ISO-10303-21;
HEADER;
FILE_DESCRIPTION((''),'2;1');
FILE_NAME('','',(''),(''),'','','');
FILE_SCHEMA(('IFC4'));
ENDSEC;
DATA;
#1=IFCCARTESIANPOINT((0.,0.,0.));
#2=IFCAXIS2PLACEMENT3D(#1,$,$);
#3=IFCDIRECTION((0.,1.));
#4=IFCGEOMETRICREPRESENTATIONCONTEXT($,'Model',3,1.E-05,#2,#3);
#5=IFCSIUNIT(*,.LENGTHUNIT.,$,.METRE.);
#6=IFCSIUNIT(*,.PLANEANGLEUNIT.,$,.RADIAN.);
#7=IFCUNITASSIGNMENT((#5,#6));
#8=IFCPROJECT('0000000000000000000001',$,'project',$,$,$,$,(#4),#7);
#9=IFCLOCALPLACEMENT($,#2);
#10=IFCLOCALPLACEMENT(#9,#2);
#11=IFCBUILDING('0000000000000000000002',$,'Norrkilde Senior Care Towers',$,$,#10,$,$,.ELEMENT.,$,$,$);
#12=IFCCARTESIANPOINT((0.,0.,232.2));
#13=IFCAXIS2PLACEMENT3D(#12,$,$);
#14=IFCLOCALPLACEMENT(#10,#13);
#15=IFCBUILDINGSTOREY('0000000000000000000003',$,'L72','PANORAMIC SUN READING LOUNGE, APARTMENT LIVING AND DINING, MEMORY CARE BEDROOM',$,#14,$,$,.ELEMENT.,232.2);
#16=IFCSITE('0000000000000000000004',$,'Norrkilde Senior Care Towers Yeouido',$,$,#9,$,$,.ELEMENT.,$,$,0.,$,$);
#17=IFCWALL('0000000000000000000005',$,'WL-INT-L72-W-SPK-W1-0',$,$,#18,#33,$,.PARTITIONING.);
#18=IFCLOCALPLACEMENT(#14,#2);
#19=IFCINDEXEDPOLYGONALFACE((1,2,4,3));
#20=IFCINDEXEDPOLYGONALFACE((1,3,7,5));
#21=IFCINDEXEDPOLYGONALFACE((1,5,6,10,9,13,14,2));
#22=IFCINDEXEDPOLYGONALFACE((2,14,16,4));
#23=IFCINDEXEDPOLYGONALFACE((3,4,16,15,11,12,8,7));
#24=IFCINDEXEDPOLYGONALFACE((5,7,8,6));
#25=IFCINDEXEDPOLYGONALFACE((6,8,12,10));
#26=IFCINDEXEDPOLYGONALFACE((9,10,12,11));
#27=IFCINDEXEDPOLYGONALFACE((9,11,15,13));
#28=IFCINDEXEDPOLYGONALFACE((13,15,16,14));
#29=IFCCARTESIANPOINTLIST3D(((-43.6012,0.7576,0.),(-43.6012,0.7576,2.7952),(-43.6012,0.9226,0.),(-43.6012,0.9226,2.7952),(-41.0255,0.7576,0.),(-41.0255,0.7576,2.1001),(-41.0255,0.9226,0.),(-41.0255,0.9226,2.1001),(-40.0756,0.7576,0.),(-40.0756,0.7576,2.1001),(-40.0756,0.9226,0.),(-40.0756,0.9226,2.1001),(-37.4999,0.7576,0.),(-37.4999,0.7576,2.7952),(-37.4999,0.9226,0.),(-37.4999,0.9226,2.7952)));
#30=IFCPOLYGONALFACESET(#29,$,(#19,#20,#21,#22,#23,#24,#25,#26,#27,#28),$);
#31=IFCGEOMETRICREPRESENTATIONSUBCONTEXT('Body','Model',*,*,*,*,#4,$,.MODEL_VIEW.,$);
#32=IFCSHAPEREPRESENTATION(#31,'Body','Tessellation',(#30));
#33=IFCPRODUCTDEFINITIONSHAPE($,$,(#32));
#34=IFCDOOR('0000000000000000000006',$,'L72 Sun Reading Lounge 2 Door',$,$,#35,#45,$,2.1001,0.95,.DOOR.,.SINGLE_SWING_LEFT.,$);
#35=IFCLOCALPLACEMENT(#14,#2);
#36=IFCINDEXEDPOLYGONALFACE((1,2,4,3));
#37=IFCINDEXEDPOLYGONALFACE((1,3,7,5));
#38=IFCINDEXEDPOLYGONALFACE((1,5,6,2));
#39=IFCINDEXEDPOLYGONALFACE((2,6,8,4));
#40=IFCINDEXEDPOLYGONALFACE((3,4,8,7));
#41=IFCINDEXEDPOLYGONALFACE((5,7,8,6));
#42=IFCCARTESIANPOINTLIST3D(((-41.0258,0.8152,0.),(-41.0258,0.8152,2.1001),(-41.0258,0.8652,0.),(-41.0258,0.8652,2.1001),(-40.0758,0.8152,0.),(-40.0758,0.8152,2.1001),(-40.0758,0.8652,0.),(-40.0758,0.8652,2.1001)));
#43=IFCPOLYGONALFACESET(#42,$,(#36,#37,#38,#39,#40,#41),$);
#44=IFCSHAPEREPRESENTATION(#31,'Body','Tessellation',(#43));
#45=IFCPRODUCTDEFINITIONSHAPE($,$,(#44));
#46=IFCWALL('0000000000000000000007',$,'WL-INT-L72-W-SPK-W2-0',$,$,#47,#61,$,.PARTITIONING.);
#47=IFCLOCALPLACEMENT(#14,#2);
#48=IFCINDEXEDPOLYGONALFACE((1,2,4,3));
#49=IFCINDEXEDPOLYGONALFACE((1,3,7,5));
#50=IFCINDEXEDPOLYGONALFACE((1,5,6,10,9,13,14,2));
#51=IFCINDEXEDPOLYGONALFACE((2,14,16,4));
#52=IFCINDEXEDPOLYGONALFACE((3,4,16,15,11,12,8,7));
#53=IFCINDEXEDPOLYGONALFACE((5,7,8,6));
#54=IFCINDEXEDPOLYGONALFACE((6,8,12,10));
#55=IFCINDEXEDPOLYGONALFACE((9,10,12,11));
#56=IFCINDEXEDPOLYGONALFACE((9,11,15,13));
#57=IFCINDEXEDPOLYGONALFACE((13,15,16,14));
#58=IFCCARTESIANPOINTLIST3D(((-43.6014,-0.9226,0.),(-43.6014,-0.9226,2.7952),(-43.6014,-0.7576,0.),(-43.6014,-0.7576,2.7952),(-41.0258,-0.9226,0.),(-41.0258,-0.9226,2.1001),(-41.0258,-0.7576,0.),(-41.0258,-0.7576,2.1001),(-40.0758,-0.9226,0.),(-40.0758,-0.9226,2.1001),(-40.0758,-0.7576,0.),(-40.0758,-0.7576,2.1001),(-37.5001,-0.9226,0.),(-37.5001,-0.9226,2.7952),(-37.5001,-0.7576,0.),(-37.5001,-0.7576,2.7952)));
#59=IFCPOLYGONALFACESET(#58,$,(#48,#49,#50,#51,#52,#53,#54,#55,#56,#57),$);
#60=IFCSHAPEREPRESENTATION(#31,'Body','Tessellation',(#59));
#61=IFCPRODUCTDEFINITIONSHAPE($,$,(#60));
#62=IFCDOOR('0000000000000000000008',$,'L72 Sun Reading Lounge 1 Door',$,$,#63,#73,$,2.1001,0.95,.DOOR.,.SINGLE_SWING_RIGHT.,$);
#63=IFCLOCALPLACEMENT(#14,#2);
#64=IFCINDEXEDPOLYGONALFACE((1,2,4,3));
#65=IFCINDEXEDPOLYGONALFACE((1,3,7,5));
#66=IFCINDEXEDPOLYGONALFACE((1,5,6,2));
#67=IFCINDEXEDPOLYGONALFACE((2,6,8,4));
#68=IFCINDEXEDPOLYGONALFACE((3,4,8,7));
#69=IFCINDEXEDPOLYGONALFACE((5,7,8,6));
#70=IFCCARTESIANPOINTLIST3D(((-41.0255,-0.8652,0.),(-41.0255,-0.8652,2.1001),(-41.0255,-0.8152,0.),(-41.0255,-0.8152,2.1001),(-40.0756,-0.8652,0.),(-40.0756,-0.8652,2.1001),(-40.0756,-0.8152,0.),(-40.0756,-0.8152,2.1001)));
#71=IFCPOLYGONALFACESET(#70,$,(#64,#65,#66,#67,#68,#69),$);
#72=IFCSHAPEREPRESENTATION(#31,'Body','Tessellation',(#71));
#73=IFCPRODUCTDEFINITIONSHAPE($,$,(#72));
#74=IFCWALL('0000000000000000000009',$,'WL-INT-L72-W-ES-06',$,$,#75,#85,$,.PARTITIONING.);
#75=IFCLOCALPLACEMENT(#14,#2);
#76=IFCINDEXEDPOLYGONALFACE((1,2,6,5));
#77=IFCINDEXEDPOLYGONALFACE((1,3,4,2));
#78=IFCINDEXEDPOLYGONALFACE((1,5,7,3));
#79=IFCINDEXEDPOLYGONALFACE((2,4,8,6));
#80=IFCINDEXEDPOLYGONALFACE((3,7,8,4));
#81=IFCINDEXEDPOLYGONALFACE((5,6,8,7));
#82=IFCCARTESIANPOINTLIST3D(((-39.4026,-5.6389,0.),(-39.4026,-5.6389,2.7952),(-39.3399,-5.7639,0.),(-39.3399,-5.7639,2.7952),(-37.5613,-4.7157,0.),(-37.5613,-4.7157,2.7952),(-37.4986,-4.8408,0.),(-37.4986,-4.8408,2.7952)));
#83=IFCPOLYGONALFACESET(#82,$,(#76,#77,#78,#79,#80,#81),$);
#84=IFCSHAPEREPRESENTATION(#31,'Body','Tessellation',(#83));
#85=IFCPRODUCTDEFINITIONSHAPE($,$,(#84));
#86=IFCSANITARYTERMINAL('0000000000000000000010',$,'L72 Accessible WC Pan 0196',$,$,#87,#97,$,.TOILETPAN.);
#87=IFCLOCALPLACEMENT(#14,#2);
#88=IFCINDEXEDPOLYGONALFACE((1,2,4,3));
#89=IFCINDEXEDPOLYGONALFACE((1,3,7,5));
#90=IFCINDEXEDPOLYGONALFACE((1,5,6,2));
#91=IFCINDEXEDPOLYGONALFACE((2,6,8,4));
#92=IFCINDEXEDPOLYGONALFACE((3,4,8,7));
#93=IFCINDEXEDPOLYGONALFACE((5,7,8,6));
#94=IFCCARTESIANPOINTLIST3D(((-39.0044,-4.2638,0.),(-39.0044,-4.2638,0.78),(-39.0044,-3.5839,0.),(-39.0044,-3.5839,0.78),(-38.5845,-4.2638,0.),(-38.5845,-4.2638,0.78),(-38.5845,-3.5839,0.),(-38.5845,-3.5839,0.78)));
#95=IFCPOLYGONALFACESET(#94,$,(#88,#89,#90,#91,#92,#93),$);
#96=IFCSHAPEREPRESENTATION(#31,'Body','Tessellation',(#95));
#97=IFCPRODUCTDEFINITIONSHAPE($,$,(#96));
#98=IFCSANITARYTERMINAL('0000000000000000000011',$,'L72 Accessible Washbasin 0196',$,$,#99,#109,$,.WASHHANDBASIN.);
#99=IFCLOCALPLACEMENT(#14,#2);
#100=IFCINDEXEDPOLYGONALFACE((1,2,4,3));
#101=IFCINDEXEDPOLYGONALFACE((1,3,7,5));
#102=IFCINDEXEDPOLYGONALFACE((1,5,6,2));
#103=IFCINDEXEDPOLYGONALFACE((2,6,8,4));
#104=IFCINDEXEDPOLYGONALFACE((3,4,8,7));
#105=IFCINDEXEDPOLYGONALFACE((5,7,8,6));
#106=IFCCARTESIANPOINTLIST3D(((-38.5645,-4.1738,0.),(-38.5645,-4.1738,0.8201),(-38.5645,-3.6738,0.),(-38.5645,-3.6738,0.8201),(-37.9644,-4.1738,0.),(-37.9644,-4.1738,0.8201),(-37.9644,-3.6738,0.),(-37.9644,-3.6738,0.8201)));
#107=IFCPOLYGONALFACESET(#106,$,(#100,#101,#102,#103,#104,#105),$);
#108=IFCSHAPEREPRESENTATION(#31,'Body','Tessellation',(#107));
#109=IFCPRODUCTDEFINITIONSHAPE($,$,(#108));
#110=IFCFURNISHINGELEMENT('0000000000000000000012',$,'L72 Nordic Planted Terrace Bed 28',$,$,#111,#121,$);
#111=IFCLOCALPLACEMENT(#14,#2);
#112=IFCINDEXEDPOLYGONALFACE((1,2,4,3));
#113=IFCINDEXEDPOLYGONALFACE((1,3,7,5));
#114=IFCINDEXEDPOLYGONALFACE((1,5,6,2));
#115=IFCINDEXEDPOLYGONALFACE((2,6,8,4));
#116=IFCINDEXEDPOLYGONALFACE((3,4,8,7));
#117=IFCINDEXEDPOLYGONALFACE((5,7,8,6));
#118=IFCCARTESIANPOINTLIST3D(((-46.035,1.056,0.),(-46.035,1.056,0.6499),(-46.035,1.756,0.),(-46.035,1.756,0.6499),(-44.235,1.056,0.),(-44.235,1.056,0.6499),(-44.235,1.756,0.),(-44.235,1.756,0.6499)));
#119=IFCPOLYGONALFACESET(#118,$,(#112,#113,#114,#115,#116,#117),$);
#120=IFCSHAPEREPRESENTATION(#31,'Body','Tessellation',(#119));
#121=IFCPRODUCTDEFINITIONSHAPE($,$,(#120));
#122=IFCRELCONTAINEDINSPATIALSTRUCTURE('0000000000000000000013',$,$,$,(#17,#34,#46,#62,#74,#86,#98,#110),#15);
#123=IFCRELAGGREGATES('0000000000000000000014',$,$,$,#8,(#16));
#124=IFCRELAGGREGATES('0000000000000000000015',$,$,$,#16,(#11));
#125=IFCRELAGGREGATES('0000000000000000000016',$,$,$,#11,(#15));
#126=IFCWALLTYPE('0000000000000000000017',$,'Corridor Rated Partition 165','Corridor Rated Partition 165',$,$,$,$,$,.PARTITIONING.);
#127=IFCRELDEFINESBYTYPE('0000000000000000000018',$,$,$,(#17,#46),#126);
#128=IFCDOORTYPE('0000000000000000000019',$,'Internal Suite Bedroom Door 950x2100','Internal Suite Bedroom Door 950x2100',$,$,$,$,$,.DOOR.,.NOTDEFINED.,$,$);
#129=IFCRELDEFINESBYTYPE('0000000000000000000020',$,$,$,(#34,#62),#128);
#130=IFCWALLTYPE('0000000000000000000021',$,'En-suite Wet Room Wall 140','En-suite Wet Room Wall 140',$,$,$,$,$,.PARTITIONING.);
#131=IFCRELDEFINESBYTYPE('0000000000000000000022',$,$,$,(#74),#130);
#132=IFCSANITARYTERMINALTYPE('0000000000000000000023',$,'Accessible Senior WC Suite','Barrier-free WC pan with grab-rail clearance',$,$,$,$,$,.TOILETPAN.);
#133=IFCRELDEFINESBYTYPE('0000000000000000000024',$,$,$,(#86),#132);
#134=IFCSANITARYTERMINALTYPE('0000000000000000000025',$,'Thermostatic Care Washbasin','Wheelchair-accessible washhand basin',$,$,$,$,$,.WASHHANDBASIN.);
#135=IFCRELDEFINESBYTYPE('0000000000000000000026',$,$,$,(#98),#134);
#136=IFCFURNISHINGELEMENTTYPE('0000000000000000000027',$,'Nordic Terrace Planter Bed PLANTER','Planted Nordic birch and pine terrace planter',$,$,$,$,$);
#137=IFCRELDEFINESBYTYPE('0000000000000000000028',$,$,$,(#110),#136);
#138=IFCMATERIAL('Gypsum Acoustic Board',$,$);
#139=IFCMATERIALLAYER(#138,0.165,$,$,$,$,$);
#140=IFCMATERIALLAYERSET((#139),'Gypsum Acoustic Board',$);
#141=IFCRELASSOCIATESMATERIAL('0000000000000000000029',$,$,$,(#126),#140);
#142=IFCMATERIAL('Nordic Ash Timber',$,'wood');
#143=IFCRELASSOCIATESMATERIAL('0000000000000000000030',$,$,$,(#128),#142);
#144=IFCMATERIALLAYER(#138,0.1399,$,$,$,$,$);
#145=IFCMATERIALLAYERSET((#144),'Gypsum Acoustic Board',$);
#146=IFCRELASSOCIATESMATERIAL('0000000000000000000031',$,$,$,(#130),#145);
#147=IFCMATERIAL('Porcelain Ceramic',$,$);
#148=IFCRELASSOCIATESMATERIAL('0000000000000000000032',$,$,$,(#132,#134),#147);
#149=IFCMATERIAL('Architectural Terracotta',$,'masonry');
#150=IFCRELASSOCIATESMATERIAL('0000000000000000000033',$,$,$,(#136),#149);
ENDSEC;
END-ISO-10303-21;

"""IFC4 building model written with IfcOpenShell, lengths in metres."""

from ifc_helpers import new_model, si_unit, direction, frame, frame_2d, origin, origin_2d, place, context, subcontext, project, spatial, rectangle, extrude, source, transform, mapped, material, layer, layer_set, type_object, type_shapes, element, fill, save


model = new_model("IFC4")

# Units and contexts
model_context = context("Model", 3, precision=1e-05, world=origin(), true_north=direction((0.0, 1.0)))
body_context = subcontext(model_context, "Body", "Model", "MODEL_VIEW")
ifc_project = project(units=[si_unit("LENGTHUNIT", "METRE"), si_unit("PLANEANGLEUNIT", "RADIAN")], contexts=[model_context])

# Site, building, storey
site_placement = place(None, origin())
site = spatial("IfcSite", under=ifc_project, at=site_placement, Name="Norrkilde Senior Care Towers Yeouido", CompositionType="ELEMENT", RefElevation=0.0)
building_placement = place(site_placement, origin())
building = spatial("IfcBuilding", under=site, at=building_placement, Name="Norrkilde Senior Care Towers", CompositionType="ELEMENT")
storey_placement = place(building_placement, frame((0.0, 0.0, 232.2)))
storey = spatial("IfcBuildingStorey", under=building, at=storey_placement, Name="L72", Description="PANORAMIC SUN READING LOUNGE, APARTMENT LIVING AND DINING, MEMORY CARE BEDROOM", CompositionType="ELEMENT", Elevation=232.2)

# Shared definitions
ifc_material_1 = material(Name="Gypsum Acoustic Board")
ifc_layer_1 = layer(ifc_material_1, 0.165)
ifc_layer_set_1 = layer_set([ifc_layer_1], Name="Gypsum Acoustic Board")
wall_type_1 = type_object("IfcWallType", Name="Corridor Rated Partition 165", Description="Corridor Rated Partition 165", PredefinedType="PARTITIONING", material=ifc_layer_set_1)
ifc_material_2 = material(Name="Nordic Ash Timber", Category="wood")

# Walls, openings, doors
shared_shape_1 = source(origin(), body_context, "Body", "SweptSolid", [
    extrude(rectangle(XDim=6.1013, YDim=0.165, at=frame_2d((3.0508, 0.0))), origin(), (0.0, 0.0, 1.0), 2.7952),
])
wall_1_placement = place(storey_placement, frame((-43.6013, 0.8401, 0.0), z_axis=(0.0, 0.0, 1.0), x_axis=(1.0, 0.0, 0.0)))
wall_1 = element("IfcWall", 1, at=wall_1_placement, inside=storey, type_object=wall_type_1, Name="WL-INT-L72-W-SPK-W1-0", PredefinedType="PARTITIONING", context=body_context, shape_type="MappedRepresentation", body=[
    mapped(shared_shape_1, transform((0.0, 0.0, 0.0), x_axis=(1.0, 0.0, 0.0), y_axis=(0.0, 1.0, 0.0), z_axis=(0.0, 0.0, 1.0), scale=1.0)),
])
opening_1_placement = place(wall_1_placement, frame((2.5757, 0.0, 0.0)))
opening_1 = element("IfcOpeningElement", 2, at=opening_1_placement, cuts=wall_1, PredefinedType="OPENING", context=body_context, shape_type="SweptSolid", body=[
    extrude(rectangle(XDim=0.95, YDim=2.1001, at=frame_2d((0.4751, 1.05))), frame((0.0, 0.0925, 0.0), z_axis=(0.0, -1.0, 0.0), x_axis=(1.0, 0.0, 0.0)), (0.0, 0.0, 1.0), 0.1851),
])
door_type_1 = type_object("IfcDoorType", Name="Internal Suite Bedroom Door 950x2100", Description="Internal Suite Bedroom Door 950x2100", OperationType="NOTDEFINED", PredefinedType="DOOR", material=ifc_material_2)
shared_shape_2 = source(origin(), body_context, "Body", "SweptSolid", [
    extrude(rectangle(XDim=0.95, YDim=2.1001, at=frame_2d((0.4751, 1.05))), frame((0.0, 0.0249, 0.0), z_axis=(0.0, -1.0, 0.0), x_axis=(1.0, 0.0, 0.0)), (0.0, 0.0, 1.0), 0.05),
])
type_shapes(door_type_1, [shared_shape_2])
door_1_placement = place(opening_1_placement, frame((0.95, 0.0, 0.0), z_axis=(0.0, 0.0, 1.0), x_axis=(-1.0, 0.0, 0.0)))
door_1 = element("IfcDoor", 3, at=door_1_placement, inside=storey, type_object=door_type_1, Name="L72 Sun Reading Lounge 2 Door", OperationType="SINGLE_SWING_LEFT", OverallHeight=2.1001, OverallWidth=0.95, PredefinedType="DOOR", context=body_context, shape_type="MappedRepresentation", body=[
    mapped(shared_shape_2, transform((0.0, 0.0, 0.0), x_axis=(1.0, 0.0, 0.0), y_axis=(0.0, 1.0, 0.0), z_axis=(0.0, 0.0, 1.0), scale=1.0)),
])
fill(opening_1, door_1)
wall_2_placement = place(storey_placement, frame((-37.5, -0.8401, 0.0), z_axis=(0.0, 0.0, 1.0), x_axis=(-1.0, 0.0, 0.0)))
wall_2 = element("IfcWall", 4, at=wall_2_placement, inside=storey, type_object=wall_type_1, Name="WL-INT-L72-W-SPK-W2-0", PredefinedType="PARTITIONING", context=body_context, shape_type="MappedRepresentation", body=[
    mapped(shared_shape_1, transform((0.0, 0.0, 0.0), x_axis=(1.0, 0.0, 0.0), y_axis=(0.0, 1.0, 0.0), z_axis=(0.0, 0.0, 1.0), scale=1.0)),
])
opening_2_placement = place(wall_2_placement, frame((2.5757, 0.0, 0.0)))
opening_2 = element("IfcOpeningElement", 5, at=opening_2_placement, cuts=wall_2, PredefinedType="OPENING", context=body_context, shape_type="SweptSolid", body=[
    extrude(rectangle(XDim=0.95, YDim=2.1001, at=frame_2d((0.4751, 1.05))), frame((0.0, 0.0925, 0.0), z_axis=(0.0, -1.0, 0.0), x_axis=(1.0, 0.0, 0.0)), (0.0, 0.0, 1.0), 0.1851),
])
door_2_placement = place(opening_2_placement, frame((0.95, 0.0, 0.0), z_axis=(0.0, 0.0, 1.0), x_axis=(-1.0, 0.0, 0.0)))
door_2 = element("IfcDoor", 6, at=door_2_placement, inside=storey, type_object=door_type_1, Name="L72 Sun Reading Lounge 1 Door", OperationType="SINGLE_SWING_RIGHT", OverallHeight=2.1001, OverallWidth=0.95, PredefinedType="DOOR", context=body_context, shape_type="MappedRepresentation", body=[
    mapped(shared_shape_2, transform((0.0, 0.0, 0.0), x_axis=(1.0, 0.0, 0.0), y_axis=(0.0, 1.0, 0.0), z_axis=(0.0, 0.0, 1.0), scale=1.0)),
])
fill(opening_2, door_2)

# Wall
ifc_layer_2 = layer(ifc_material_1, 0.1399)
ifc_layer_set_2 = layer_set([ifc_layer_2], Name="Gypsum Acoustic Board")
wall_type_2 = type_object("IfcWallType", Name="En-suite Wet Room Wall 140", Description="En-suite Wet Room Wall 140", PredefinedType="PARTITIONING", material=ifc_layer_set_2)
shared_shape_3 = source(origin(), body_context, "Body", "SweptSolid", [
    extrude(rectangle(XDim=2.0598, YDim=0.1399, at=frame_2d((1.0298, 0.0))), origin(), (0.0, 0.0, 1.0), 2.7952),
])
type_shapes(wall_type_2, [shared_shape_3])
wall_3_placement = place(storey_placement, frame((-37.53, -4.7783, 0.0), z_axis=(0.0, 0.0, 1.0), x_axis=(-0.893953, -0.448162, 0.0)))
element("IfcWall", 7, at=wall_3_placement, inside=storey, type_object=wall_type_2, Name="WL-INT-L72-W-ES-06", PredefinedType="PARTITIONING", context=body_context, shape_type="MappedRepresentation", body=[
    mapped(shared_shape_3, transform((0.0, 0.0, 0.0), x_axis=(1.0, 0.0, 0.0), y_axis=(0.0, 1.0, 0.0), z_axis=(0.0, 0.0, 1.0), scale=1.0)),
])

# Sanitary terminals
ifc_material_3 = material(Name="Porcelain Ceramic")
sanitary_terminal_type_1 = type_object("IfcSanitaryTerminalType", Name="Accessible Senior WC Suite", Description="Barrier-free WC pan with grab-rail clearance", PredefinedType="TOILETPAN", material=ifc_material_3)
shared_shape_4 = source(origin(), body_context, "Body", "SweptSolid", [
    extrude(rectangle(XDim=0.4199, YDim=0.6799, at=origin_2d()), origin(), (0.0, 0.0, 1.0), 0.78),
])
type_shapes(sanitary_terminal_type_1, [shared_shape_4])
sanitary_terminal_1_placement = place(storey_placement, frame((-38.7944, -3.9238, 0.0), z_axis=(0.0, 0.0, 1.0), x_axis=(1.0, 0.0, 0.0)))
element("IfcSanitaryTerminal", 8, at=sanitary_terminal_1_placement, inside=storey, type_object=sanitary_terminal_type_1, Name="L72 Accessible WC Pan 0196", PredefinedType="TOILETPAN", context=body_context, shape_type="MappedRepresentation", body=[
    mapped(shared_shape_4, transform((0.0, 0.0, 0.0), x_axis=(1.0, 0.0, 0.0), y_axis=(0.0, 1.0, 0.0), z_axis=(0.0, 0.0, 1.0), scale=1.0)),
])
sanitary_terminal_type_2 = type_object("IfcSanitaryTerminalType", Name="Thermostatic Care Washbasin", Description="Wheelchair-accessible washhand basin", PredefinedType="WASHHANDBASIN", material=ifc_material_3)
shared_shape_5 = source(origin(), body_context, "Body", "SweptSolid", [
    extrude(rectangle(XDim=0.6001, YDim=0.5, at=origin_2d()), origin(), (0.0, 0.0, 1.0), 0.8201),
])
type_shapes(sanitary_terminal_type_2, [shared_shape_5])
sanitary_terminal_2_placement = place(storey_placement, frame((-38.2644, -3.9238, 0.0), z_axis=(0.0, 0.0, 1.0), x_axis=(1.0, 0.0, 0.0)))
element("IfcSanitaryTerminal", 9, at=sanitary_terminal_2_placement, inside=storey, type_object=sanitary_terminal_type_2, Name="L72 Accessible Washbasin 0196", PredefinedType="WASHHANDBASIN", context=body_context, shape_type="MappedRepresentation", body=[
    mapped(shared_shape_5, transform((0.0, 0.0, 0.0), x_axis=(1.0, 0.0, 0.0), y_axis=(0.0, 1.0, 0.0), z_axis=(0.0, 0.0, 1.0), scale=1.0)),
])

# Furnishing element
ifc_material_4 = material(Name="Architectural Terracotta", Category="masonry")
furnishing_element_type = type_object("IfcFurnishingElementType", Name="Nordic Terrace Planter Bed PLANTER", Description="Planted Nordic birch and pine terrace planter", material=ifc_material_4)
shared_shape_6 = source(origin(), body_context, "Body", "SweptSolid", [
    extrude(rectangle(XDim=1.8, YDim=0.7, at=origin_2d()), origin(), (0.0, 0.0, 1.0), 0.6499),
])
type_shapes(furnishing_element_type, [shared_shape_6])
furnishing_placement = place(storey_placement, frame((-45.135, 1.406, 0.0), z_axis=(0.0, 0.0, 1.0), x_axis=(1.0, 0.0, 0.0)))
element("IfcFurnishingElement", 10, at=furnishing_placement, inside=storey, type_object=furnishing_element_type, Name="L72 Nordic Planted Terrace Bed 28", context=body_context, shape_type="MappedRepresentation", body=[
    mapped(shared_shape_6, transform((0.0, 0.0, 0.0), x_axis=(1.0, 0.0, 0.0), y_axis=(0.0, 1.0, 0.0), z_axis=(0.0, 0.0, 1.0), scale=1.0)),
])

save(model, "model.ifc")
